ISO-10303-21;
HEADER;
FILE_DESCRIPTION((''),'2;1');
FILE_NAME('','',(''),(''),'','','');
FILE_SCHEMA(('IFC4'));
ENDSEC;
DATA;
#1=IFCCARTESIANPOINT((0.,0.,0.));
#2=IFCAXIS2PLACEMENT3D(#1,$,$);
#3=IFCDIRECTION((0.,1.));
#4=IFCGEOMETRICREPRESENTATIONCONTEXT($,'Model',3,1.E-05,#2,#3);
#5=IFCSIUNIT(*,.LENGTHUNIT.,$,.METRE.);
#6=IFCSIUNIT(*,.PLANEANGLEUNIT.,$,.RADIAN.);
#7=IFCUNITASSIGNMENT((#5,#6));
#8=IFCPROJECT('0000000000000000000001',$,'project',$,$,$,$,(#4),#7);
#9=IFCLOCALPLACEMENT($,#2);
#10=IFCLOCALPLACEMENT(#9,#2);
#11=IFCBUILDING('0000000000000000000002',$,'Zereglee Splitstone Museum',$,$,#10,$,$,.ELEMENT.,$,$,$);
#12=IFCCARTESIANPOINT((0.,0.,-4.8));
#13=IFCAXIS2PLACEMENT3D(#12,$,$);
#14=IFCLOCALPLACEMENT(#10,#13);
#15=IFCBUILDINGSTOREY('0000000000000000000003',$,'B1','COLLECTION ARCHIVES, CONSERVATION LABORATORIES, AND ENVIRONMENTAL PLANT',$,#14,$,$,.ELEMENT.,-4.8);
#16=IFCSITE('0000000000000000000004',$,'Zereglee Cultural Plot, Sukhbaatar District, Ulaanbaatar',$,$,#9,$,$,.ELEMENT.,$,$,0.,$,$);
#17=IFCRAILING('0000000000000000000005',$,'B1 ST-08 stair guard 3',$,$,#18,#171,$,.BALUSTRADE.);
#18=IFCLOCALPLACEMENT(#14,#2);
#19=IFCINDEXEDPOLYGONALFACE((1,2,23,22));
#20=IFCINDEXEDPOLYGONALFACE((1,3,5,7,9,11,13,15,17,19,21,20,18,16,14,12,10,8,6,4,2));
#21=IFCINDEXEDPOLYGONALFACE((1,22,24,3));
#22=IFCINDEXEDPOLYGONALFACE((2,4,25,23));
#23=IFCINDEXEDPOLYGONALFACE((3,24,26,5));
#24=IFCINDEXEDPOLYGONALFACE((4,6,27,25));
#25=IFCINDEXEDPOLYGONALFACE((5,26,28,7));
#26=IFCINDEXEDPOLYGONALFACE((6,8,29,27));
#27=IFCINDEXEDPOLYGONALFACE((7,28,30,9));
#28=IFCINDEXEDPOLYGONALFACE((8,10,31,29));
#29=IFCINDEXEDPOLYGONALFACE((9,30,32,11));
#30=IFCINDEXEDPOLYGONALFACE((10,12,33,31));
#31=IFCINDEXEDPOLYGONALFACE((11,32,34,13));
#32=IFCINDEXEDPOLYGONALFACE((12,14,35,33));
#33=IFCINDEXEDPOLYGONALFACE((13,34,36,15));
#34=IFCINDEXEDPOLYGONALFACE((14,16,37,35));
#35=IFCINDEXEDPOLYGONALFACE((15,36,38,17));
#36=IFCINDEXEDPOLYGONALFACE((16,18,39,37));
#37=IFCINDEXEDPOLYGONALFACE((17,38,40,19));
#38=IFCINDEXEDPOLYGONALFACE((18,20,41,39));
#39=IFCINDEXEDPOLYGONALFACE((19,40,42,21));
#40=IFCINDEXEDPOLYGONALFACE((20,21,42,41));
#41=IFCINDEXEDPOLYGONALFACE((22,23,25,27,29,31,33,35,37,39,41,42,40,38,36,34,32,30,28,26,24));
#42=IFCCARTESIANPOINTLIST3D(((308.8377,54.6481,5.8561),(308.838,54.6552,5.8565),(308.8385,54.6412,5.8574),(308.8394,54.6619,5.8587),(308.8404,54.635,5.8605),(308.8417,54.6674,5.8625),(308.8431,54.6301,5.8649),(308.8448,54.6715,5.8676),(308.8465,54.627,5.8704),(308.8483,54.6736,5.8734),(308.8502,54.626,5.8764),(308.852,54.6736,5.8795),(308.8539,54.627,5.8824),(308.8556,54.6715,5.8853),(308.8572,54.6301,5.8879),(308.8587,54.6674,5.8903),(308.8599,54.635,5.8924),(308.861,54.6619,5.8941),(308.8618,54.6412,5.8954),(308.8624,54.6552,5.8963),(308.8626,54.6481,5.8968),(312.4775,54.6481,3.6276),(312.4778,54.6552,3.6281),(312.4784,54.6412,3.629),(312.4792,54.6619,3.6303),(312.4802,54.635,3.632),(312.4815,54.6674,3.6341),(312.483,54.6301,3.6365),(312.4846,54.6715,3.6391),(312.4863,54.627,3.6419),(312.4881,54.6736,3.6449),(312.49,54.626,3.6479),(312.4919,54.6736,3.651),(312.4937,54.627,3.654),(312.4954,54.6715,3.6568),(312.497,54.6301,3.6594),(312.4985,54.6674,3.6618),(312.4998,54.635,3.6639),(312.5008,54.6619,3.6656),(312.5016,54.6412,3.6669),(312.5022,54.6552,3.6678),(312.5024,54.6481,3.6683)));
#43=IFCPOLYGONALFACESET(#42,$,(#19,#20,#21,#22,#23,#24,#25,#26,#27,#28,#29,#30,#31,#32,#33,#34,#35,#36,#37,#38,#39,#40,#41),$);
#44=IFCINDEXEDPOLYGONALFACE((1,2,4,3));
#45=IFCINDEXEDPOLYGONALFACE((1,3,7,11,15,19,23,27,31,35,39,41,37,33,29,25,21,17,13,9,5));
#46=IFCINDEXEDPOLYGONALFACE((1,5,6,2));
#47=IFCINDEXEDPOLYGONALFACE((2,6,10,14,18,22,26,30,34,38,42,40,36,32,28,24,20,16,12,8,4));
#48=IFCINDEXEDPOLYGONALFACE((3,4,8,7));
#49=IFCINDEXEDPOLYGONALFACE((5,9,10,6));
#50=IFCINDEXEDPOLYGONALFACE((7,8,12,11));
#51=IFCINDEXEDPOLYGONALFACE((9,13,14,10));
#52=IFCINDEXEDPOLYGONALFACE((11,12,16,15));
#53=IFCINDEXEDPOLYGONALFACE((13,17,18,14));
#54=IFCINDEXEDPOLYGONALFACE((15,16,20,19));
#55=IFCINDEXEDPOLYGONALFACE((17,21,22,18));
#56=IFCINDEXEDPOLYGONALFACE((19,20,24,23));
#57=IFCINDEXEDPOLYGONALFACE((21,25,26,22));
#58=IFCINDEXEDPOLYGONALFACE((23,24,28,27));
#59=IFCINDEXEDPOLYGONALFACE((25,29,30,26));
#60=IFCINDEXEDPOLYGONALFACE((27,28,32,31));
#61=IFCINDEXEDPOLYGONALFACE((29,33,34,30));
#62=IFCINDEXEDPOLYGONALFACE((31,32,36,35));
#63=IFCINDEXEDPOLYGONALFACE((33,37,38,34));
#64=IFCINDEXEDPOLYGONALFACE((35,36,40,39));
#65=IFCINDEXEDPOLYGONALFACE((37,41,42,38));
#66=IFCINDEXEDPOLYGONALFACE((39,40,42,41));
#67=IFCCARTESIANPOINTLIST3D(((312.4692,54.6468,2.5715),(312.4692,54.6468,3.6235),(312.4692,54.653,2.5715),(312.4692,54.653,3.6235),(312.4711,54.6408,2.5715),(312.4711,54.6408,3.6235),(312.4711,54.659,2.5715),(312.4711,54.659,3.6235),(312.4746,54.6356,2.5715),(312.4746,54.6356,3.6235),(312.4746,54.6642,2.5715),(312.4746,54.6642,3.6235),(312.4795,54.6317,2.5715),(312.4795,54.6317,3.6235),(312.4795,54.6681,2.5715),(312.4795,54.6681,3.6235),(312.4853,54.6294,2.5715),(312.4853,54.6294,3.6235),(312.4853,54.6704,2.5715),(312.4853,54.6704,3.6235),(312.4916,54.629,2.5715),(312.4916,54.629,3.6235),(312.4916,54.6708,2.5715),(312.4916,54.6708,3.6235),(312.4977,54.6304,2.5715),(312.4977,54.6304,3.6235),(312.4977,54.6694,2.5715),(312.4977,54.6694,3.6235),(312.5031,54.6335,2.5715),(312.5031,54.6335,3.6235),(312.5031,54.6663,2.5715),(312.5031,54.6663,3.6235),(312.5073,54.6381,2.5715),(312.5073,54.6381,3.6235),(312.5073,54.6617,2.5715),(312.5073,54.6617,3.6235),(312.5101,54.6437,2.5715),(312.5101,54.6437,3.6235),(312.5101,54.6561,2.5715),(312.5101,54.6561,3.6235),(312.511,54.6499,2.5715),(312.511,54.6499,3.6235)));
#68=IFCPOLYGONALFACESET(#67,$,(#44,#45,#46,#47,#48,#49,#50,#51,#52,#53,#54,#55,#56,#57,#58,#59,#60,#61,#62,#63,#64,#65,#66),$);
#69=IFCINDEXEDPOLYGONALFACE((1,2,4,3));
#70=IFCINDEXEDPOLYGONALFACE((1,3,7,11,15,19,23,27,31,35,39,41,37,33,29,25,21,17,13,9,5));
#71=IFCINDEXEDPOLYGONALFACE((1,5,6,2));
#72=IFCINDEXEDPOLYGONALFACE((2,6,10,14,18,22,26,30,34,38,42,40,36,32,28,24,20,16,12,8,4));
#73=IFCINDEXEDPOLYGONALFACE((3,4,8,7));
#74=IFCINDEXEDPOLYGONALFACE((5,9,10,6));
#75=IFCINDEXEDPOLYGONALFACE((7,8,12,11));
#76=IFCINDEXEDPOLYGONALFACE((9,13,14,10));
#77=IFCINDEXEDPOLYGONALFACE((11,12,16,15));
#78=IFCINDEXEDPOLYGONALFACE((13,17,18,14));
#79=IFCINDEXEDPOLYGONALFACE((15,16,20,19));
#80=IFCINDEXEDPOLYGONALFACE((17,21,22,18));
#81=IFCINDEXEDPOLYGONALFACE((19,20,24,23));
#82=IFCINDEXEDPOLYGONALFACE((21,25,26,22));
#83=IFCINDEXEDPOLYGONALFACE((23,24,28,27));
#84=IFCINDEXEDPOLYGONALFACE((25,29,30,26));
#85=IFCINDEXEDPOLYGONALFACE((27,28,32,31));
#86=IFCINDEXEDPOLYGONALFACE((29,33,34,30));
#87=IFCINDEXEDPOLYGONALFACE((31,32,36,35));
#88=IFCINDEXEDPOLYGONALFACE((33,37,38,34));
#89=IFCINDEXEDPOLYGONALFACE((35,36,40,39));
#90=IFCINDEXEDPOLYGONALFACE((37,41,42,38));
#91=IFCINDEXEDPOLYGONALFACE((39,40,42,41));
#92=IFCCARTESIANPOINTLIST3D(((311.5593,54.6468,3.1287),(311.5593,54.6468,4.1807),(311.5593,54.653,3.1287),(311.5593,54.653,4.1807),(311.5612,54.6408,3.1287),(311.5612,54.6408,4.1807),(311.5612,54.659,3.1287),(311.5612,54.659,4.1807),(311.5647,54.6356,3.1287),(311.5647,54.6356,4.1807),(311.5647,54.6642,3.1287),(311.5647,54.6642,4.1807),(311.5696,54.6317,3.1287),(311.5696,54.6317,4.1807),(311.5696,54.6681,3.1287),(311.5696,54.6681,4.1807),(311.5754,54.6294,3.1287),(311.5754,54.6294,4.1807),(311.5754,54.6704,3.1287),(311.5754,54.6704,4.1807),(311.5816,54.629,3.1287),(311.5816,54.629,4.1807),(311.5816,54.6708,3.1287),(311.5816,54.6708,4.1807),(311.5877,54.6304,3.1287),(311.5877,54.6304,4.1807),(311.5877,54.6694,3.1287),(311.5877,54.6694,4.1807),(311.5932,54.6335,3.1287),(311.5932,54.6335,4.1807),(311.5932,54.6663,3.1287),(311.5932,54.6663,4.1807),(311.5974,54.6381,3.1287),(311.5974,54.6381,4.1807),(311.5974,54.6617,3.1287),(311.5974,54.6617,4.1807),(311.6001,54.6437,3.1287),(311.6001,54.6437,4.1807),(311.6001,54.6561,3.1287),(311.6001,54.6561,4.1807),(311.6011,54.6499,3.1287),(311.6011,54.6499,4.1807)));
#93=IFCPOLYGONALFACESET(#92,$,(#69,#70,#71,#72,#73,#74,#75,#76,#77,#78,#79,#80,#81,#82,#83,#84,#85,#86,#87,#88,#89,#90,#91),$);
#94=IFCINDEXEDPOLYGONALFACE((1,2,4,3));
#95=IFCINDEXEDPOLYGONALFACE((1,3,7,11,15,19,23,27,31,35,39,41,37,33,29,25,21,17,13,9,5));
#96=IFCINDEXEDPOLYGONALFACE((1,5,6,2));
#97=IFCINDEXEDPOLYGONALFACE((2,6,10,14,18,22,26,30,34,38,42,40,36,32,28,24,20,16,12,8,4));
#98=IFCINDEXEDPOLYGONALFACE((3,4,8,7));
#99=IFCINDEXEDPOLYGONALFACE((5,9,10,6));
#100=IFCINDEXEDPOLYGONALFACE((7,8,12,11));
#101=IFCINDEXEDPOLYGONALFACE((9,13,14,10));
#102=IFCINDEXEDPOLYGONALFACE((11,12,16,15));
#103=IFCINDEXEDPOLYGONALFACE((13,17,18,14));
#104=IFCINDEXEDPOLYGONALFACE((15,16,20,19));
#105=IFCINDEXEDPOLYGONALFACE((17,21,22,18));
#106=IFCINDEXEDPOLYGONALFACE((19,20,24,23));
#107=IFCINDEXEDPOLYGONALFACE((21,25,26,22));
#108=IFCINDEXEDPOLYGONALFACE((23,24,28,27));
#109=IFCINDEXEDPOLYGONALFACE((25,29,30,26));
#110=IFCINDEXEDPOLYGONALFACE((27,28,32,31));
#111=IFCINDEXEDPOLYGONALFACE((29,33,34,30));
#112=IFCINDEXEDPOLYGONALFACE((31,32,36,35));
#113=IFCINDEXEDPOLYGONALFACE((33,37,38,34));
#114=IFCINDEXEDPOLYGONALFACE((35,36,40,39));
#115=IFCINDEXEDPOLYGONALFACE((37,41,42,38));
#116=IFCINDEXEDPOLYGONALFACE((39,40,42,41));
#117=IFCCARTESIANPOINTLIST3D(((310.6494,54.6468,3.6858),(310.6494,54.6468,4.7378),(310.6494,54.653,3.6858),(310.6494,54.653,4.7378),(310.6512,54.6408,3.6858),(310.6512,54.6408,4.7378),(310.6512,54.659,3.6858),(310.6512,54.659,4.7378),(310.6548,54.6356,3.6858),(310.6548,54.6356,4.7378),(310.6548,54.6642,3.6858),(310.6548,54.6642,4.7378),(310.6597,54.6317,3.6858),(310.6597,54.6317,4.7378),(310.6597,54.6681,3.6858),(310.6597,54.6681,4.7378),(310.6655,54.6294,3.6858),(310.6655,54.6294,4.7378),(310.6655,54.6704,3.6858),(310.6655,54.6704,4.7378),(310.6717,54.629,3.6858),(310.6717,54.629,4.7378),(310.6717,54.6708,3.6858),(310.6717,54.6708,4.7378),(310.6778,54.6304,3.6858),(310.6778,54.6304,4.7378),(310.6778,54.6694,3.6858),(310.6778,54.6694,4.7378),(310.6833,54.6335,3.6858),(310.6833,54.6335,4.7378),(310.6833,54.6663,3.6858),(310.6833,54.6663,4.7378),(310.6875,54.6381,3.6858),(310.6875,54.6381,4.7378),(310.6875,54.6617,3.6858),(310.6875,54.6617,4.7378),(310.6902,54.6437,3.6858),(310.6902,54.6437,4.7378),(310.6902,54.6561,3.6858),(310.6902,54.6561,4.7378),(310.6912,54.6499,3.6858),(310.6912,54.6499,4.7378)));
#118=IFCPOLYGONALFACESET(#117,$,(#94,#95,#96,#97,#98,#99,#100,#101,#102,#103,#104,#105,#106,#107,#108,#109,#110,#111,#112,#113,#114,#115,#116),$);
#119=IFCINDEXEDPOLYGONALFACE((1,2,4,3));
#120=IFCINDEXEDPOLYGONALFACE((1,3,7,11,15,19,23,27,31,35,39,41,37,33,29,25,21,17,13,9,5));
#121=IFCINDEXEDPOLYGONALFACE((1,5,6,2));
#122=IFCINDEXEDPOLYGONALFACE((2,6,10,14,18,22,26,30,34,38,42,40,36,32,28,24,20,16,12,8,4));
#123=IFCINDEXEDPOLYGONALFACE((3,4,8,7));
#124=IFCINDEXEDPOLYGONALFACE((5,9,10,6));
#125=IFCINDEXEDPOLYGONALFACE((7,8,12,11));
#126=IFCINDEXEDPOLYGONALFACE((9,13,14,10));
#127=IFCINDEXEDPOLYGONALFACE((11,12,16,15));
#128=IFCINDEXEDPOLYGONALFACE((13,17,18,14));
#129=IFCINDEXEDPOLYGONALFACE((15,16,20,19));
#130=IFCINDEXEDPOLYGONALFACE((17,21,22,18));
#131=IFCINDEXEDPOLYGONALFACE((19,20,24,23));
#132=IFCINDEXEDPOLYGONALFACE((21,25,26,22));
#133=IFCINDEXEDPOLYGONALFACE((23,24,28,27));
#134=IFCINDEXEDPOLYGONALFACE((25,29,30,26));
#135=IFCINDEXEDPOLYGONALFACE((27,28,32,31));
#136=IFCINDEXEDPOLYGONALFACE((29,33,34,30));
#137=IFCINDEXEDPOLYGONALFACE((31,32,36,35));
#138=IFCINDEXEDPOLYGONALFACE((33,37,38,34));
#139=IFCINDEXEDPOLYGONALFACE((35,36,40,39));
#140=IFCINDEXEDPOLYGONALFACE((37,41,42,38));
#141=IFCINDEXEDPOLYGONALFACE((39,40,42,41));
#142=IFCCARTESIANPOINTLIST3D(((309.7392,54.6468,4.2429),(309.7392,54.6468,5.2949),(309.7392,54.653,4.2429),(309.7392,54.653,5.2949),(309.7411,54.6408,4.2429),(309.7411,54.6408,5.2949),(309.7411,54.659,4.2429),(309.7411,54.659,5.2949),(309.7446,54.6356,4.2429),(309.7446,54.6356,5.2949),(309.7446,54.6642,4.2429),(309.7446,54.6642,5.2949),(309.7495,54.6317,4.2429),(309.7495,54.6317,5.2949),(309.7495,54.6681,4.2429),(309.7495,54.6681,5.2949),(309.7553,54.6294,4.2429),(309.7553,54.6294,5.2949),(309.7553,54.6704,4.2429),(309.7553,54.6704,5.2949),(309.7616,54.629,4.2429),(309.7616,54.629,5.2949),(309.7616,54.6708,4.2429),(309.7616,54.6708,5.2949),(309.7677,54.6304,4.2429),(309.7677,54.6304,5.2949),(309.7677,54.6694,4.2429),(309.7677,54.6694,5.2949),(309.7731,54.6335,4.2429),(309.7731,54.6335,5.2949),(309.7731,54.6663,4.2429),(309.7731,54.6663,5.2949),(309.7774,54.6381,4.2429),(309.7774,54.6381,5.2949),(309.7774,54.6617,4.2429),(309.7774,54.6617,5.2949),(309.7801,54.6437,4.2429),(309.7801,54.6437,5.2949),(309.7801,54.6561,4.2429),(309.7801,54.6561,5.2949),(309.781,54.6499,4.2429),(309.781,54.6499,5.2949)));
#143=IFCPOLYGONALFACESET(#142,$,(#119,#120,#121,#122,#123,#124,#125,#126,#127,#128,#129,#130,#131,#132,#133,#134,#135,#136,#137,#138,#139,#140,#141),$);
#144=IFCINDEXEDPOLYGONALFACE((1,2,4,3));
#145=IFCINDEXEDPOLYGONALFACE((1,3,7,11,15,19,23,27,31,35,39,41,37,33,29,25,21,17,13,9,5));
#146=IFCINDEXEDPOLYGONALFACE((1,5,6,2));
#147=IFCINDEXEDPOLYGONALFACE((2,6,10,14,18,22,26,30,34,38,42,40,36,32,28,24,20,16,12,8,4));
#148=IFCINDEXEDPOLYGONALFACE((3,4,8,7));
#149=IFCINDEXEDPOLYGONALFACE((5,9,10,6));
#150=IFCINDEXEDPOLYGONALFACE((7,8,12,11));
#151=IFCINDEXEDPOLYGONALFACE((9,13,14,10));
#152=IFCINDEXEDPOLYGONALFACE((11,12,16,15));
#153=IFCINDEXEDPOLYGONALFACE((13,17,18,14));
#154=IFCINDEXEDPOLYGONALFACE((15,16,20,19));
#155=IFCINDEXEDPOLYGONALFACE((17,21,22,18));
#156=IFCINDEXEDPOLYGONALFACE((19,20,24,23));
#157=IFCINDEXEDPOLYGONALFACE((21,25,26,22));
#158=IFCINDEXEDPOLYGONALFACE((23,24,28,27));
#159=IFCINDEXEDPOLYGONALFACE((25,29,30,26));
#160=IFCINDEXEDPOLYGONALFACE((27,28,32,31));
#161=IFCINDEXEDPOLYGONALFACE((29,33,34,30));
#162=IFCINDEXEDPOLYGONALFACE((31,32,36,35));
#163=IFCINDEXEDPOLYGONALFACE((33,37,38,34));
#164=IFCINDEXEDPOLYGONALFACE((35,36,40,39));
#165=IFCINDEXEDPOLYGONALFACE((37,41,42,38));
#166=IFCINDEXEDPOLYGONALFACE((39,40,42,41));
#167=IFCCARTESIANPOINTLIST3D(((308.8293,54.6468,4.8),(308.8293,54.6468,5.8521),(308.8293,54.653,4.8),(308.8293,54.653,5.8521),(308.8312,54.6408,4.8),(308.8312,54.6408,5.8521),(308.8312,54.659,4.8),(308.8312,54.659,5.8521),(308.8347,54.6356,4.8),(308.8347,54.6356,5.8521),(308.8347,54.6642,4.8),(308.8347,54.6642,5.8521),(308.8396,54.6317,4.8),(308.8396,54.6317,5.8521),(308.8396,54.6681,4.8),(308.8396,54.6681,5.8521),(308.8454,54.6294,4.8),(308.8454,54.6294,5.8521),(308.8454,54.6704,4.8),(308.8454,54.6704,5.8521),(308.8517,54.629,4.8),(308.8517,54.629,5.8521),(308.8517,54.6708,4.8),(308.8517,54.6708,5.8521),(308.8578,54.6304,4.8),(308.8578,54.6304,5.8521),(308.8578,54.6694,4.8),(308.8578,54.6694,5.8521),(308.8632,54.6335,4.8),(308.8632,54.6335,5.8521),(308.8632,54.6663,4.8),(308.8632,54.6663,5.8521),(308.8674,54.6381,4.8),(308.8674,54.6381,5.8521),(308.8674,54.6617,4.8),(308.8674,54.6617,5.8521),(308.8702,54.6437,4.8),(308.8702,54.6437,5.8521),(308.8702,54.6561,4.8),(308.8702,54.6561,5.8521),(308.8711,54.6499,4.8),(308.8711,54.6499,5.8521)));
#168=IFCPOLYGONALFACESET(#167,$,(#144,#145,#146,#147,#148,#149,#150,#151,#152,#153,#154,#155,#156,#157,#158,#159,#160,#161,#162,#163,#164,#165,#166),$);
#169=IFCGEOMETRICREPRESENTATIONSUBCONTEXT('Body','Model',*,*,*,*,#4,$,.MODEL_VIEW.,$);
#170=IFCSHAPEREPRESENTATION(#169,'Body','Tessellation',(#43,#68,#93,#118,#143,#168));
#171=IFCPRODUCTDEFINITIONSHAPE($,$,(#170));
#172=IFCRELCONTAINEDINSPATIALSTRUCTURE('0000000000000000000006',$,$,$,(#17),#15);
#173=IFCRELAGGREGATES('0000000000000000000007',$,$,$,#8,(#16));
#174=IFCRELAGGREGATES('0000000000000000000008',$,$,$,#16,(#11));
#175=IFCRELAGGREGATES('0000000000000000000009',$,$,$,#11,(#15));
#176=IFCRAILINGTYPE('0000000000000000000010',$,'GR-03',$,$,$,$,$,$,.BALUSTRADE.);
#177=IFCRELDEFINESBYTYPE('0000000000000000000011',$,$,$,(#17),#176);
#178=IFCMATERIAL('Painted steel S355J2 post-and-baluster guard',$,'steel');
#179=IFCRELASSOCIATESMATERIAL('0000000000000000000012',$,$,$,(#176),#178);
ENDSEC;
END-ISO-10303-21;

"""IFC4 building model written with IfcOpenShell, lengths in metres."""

from ifc_helpers import new_model, si_unit, direction, frame, origin, origin_2d, place, context, subcontext, project, spatial, circle, extrude, material, type_object, element, save


model = new_model("IFC4")

# Units and contexts
model_context = context("Model", 3, precision=1e-05, world=origin(), true_north=direction((0.0, 1.0)))
body_context = subcontext(model_context, "Body", "Model", "MODEL_VIEW")
ifc_project = project(units=[si_unit("LENGTHUNIT", "METRE"), si_unit("PLANEANGLEUNIT", "RADIAN")], contexts=[model_context])

# Site, building, storey
site_placement = place(None, origin())
site = spatial("IfcSite", under=ifc_project, at=site_placement, Name="Zereglee Cultural Plot, Sukhbaatar District, Ulaanbaatar", CompositionType="ELEMENT", RefElevation=0.0)
building_placement = place(site_placement, origin())
building = spatial("IfcBuilding", under=site, at=building_placement, Name="Zereglee Splitstone Museum", CompositionType="ELEMENT")
storey_placement = place(building_placement, frame((0.0, 0.0, -4.8)))
storey = spatial("IfcBuildingStorey", under=building, at=storey_placement, Name="B1", Description="COLLECTION ARCHIVES, CONSERVATION LABORATORIES, AND ENVIRONMENTAL PLANT", CompositionType="ELEMENT", Elevation=-4.8)

# Railing
ifc_material_1 = material(Name="Painted steel S355J2 post-and-baluster guard", Category="steel")
railing_type_1 = type_object("IfcRailingType", Name="GR-03", PredefinedType="BALUSTRADE", material=ifc_material_1)
railing_1_placement = place(storey_placement, frame((312.49, 54.6499, 2.5715)))
element("IfcRailing", 1, at=railing_1_placement, inside=storey, type_object=railing_type_1, Name="B1 ST-08 stair guard 3", PredefinedType="BALUSTRADE", context=body_context, shape_type="SweptSolid", body=[
    extrude(circle(Radius=0.0239, at=origin_2d()), frame((0.0, 0.0, 1.0764), z_axis=(-0.85285, 0.0, 0.522156), x_axis=(0.0, -1.0, 0.0)), (0.0, 0.0, 1.0), 4.2678),
    extrude(circle(Radius=0.021, at=origin_2d()), origin(), (0.0, 0.0, 1.0), 1.052),
    extrude(circle(Radius=0.021, at=origin_2d()), frame((-0.9099, 0.0, 0.5571)), (0.0, 0.0, 1.0), 1.052),
    extrude(circle(Radius=0.021, at=origin_2d()), frame((-1.8198, 0.0, 1.1143)), (0.0, 0.0, 1.0), 1.052),
    extrude(circle(Radius=0.021, at=origin_2d()), frame((-2.73, 0.0, 1.6714)), (0.0, 0.0, 1.0), 1.052),
    extrude(circle(Radius=0.021, at=origin_2d()), frame((-3.6399, 0.0, 2.2285)), (0.0, 0.0, 1.0), 1.052),
])

save(model, "model.ifc")
